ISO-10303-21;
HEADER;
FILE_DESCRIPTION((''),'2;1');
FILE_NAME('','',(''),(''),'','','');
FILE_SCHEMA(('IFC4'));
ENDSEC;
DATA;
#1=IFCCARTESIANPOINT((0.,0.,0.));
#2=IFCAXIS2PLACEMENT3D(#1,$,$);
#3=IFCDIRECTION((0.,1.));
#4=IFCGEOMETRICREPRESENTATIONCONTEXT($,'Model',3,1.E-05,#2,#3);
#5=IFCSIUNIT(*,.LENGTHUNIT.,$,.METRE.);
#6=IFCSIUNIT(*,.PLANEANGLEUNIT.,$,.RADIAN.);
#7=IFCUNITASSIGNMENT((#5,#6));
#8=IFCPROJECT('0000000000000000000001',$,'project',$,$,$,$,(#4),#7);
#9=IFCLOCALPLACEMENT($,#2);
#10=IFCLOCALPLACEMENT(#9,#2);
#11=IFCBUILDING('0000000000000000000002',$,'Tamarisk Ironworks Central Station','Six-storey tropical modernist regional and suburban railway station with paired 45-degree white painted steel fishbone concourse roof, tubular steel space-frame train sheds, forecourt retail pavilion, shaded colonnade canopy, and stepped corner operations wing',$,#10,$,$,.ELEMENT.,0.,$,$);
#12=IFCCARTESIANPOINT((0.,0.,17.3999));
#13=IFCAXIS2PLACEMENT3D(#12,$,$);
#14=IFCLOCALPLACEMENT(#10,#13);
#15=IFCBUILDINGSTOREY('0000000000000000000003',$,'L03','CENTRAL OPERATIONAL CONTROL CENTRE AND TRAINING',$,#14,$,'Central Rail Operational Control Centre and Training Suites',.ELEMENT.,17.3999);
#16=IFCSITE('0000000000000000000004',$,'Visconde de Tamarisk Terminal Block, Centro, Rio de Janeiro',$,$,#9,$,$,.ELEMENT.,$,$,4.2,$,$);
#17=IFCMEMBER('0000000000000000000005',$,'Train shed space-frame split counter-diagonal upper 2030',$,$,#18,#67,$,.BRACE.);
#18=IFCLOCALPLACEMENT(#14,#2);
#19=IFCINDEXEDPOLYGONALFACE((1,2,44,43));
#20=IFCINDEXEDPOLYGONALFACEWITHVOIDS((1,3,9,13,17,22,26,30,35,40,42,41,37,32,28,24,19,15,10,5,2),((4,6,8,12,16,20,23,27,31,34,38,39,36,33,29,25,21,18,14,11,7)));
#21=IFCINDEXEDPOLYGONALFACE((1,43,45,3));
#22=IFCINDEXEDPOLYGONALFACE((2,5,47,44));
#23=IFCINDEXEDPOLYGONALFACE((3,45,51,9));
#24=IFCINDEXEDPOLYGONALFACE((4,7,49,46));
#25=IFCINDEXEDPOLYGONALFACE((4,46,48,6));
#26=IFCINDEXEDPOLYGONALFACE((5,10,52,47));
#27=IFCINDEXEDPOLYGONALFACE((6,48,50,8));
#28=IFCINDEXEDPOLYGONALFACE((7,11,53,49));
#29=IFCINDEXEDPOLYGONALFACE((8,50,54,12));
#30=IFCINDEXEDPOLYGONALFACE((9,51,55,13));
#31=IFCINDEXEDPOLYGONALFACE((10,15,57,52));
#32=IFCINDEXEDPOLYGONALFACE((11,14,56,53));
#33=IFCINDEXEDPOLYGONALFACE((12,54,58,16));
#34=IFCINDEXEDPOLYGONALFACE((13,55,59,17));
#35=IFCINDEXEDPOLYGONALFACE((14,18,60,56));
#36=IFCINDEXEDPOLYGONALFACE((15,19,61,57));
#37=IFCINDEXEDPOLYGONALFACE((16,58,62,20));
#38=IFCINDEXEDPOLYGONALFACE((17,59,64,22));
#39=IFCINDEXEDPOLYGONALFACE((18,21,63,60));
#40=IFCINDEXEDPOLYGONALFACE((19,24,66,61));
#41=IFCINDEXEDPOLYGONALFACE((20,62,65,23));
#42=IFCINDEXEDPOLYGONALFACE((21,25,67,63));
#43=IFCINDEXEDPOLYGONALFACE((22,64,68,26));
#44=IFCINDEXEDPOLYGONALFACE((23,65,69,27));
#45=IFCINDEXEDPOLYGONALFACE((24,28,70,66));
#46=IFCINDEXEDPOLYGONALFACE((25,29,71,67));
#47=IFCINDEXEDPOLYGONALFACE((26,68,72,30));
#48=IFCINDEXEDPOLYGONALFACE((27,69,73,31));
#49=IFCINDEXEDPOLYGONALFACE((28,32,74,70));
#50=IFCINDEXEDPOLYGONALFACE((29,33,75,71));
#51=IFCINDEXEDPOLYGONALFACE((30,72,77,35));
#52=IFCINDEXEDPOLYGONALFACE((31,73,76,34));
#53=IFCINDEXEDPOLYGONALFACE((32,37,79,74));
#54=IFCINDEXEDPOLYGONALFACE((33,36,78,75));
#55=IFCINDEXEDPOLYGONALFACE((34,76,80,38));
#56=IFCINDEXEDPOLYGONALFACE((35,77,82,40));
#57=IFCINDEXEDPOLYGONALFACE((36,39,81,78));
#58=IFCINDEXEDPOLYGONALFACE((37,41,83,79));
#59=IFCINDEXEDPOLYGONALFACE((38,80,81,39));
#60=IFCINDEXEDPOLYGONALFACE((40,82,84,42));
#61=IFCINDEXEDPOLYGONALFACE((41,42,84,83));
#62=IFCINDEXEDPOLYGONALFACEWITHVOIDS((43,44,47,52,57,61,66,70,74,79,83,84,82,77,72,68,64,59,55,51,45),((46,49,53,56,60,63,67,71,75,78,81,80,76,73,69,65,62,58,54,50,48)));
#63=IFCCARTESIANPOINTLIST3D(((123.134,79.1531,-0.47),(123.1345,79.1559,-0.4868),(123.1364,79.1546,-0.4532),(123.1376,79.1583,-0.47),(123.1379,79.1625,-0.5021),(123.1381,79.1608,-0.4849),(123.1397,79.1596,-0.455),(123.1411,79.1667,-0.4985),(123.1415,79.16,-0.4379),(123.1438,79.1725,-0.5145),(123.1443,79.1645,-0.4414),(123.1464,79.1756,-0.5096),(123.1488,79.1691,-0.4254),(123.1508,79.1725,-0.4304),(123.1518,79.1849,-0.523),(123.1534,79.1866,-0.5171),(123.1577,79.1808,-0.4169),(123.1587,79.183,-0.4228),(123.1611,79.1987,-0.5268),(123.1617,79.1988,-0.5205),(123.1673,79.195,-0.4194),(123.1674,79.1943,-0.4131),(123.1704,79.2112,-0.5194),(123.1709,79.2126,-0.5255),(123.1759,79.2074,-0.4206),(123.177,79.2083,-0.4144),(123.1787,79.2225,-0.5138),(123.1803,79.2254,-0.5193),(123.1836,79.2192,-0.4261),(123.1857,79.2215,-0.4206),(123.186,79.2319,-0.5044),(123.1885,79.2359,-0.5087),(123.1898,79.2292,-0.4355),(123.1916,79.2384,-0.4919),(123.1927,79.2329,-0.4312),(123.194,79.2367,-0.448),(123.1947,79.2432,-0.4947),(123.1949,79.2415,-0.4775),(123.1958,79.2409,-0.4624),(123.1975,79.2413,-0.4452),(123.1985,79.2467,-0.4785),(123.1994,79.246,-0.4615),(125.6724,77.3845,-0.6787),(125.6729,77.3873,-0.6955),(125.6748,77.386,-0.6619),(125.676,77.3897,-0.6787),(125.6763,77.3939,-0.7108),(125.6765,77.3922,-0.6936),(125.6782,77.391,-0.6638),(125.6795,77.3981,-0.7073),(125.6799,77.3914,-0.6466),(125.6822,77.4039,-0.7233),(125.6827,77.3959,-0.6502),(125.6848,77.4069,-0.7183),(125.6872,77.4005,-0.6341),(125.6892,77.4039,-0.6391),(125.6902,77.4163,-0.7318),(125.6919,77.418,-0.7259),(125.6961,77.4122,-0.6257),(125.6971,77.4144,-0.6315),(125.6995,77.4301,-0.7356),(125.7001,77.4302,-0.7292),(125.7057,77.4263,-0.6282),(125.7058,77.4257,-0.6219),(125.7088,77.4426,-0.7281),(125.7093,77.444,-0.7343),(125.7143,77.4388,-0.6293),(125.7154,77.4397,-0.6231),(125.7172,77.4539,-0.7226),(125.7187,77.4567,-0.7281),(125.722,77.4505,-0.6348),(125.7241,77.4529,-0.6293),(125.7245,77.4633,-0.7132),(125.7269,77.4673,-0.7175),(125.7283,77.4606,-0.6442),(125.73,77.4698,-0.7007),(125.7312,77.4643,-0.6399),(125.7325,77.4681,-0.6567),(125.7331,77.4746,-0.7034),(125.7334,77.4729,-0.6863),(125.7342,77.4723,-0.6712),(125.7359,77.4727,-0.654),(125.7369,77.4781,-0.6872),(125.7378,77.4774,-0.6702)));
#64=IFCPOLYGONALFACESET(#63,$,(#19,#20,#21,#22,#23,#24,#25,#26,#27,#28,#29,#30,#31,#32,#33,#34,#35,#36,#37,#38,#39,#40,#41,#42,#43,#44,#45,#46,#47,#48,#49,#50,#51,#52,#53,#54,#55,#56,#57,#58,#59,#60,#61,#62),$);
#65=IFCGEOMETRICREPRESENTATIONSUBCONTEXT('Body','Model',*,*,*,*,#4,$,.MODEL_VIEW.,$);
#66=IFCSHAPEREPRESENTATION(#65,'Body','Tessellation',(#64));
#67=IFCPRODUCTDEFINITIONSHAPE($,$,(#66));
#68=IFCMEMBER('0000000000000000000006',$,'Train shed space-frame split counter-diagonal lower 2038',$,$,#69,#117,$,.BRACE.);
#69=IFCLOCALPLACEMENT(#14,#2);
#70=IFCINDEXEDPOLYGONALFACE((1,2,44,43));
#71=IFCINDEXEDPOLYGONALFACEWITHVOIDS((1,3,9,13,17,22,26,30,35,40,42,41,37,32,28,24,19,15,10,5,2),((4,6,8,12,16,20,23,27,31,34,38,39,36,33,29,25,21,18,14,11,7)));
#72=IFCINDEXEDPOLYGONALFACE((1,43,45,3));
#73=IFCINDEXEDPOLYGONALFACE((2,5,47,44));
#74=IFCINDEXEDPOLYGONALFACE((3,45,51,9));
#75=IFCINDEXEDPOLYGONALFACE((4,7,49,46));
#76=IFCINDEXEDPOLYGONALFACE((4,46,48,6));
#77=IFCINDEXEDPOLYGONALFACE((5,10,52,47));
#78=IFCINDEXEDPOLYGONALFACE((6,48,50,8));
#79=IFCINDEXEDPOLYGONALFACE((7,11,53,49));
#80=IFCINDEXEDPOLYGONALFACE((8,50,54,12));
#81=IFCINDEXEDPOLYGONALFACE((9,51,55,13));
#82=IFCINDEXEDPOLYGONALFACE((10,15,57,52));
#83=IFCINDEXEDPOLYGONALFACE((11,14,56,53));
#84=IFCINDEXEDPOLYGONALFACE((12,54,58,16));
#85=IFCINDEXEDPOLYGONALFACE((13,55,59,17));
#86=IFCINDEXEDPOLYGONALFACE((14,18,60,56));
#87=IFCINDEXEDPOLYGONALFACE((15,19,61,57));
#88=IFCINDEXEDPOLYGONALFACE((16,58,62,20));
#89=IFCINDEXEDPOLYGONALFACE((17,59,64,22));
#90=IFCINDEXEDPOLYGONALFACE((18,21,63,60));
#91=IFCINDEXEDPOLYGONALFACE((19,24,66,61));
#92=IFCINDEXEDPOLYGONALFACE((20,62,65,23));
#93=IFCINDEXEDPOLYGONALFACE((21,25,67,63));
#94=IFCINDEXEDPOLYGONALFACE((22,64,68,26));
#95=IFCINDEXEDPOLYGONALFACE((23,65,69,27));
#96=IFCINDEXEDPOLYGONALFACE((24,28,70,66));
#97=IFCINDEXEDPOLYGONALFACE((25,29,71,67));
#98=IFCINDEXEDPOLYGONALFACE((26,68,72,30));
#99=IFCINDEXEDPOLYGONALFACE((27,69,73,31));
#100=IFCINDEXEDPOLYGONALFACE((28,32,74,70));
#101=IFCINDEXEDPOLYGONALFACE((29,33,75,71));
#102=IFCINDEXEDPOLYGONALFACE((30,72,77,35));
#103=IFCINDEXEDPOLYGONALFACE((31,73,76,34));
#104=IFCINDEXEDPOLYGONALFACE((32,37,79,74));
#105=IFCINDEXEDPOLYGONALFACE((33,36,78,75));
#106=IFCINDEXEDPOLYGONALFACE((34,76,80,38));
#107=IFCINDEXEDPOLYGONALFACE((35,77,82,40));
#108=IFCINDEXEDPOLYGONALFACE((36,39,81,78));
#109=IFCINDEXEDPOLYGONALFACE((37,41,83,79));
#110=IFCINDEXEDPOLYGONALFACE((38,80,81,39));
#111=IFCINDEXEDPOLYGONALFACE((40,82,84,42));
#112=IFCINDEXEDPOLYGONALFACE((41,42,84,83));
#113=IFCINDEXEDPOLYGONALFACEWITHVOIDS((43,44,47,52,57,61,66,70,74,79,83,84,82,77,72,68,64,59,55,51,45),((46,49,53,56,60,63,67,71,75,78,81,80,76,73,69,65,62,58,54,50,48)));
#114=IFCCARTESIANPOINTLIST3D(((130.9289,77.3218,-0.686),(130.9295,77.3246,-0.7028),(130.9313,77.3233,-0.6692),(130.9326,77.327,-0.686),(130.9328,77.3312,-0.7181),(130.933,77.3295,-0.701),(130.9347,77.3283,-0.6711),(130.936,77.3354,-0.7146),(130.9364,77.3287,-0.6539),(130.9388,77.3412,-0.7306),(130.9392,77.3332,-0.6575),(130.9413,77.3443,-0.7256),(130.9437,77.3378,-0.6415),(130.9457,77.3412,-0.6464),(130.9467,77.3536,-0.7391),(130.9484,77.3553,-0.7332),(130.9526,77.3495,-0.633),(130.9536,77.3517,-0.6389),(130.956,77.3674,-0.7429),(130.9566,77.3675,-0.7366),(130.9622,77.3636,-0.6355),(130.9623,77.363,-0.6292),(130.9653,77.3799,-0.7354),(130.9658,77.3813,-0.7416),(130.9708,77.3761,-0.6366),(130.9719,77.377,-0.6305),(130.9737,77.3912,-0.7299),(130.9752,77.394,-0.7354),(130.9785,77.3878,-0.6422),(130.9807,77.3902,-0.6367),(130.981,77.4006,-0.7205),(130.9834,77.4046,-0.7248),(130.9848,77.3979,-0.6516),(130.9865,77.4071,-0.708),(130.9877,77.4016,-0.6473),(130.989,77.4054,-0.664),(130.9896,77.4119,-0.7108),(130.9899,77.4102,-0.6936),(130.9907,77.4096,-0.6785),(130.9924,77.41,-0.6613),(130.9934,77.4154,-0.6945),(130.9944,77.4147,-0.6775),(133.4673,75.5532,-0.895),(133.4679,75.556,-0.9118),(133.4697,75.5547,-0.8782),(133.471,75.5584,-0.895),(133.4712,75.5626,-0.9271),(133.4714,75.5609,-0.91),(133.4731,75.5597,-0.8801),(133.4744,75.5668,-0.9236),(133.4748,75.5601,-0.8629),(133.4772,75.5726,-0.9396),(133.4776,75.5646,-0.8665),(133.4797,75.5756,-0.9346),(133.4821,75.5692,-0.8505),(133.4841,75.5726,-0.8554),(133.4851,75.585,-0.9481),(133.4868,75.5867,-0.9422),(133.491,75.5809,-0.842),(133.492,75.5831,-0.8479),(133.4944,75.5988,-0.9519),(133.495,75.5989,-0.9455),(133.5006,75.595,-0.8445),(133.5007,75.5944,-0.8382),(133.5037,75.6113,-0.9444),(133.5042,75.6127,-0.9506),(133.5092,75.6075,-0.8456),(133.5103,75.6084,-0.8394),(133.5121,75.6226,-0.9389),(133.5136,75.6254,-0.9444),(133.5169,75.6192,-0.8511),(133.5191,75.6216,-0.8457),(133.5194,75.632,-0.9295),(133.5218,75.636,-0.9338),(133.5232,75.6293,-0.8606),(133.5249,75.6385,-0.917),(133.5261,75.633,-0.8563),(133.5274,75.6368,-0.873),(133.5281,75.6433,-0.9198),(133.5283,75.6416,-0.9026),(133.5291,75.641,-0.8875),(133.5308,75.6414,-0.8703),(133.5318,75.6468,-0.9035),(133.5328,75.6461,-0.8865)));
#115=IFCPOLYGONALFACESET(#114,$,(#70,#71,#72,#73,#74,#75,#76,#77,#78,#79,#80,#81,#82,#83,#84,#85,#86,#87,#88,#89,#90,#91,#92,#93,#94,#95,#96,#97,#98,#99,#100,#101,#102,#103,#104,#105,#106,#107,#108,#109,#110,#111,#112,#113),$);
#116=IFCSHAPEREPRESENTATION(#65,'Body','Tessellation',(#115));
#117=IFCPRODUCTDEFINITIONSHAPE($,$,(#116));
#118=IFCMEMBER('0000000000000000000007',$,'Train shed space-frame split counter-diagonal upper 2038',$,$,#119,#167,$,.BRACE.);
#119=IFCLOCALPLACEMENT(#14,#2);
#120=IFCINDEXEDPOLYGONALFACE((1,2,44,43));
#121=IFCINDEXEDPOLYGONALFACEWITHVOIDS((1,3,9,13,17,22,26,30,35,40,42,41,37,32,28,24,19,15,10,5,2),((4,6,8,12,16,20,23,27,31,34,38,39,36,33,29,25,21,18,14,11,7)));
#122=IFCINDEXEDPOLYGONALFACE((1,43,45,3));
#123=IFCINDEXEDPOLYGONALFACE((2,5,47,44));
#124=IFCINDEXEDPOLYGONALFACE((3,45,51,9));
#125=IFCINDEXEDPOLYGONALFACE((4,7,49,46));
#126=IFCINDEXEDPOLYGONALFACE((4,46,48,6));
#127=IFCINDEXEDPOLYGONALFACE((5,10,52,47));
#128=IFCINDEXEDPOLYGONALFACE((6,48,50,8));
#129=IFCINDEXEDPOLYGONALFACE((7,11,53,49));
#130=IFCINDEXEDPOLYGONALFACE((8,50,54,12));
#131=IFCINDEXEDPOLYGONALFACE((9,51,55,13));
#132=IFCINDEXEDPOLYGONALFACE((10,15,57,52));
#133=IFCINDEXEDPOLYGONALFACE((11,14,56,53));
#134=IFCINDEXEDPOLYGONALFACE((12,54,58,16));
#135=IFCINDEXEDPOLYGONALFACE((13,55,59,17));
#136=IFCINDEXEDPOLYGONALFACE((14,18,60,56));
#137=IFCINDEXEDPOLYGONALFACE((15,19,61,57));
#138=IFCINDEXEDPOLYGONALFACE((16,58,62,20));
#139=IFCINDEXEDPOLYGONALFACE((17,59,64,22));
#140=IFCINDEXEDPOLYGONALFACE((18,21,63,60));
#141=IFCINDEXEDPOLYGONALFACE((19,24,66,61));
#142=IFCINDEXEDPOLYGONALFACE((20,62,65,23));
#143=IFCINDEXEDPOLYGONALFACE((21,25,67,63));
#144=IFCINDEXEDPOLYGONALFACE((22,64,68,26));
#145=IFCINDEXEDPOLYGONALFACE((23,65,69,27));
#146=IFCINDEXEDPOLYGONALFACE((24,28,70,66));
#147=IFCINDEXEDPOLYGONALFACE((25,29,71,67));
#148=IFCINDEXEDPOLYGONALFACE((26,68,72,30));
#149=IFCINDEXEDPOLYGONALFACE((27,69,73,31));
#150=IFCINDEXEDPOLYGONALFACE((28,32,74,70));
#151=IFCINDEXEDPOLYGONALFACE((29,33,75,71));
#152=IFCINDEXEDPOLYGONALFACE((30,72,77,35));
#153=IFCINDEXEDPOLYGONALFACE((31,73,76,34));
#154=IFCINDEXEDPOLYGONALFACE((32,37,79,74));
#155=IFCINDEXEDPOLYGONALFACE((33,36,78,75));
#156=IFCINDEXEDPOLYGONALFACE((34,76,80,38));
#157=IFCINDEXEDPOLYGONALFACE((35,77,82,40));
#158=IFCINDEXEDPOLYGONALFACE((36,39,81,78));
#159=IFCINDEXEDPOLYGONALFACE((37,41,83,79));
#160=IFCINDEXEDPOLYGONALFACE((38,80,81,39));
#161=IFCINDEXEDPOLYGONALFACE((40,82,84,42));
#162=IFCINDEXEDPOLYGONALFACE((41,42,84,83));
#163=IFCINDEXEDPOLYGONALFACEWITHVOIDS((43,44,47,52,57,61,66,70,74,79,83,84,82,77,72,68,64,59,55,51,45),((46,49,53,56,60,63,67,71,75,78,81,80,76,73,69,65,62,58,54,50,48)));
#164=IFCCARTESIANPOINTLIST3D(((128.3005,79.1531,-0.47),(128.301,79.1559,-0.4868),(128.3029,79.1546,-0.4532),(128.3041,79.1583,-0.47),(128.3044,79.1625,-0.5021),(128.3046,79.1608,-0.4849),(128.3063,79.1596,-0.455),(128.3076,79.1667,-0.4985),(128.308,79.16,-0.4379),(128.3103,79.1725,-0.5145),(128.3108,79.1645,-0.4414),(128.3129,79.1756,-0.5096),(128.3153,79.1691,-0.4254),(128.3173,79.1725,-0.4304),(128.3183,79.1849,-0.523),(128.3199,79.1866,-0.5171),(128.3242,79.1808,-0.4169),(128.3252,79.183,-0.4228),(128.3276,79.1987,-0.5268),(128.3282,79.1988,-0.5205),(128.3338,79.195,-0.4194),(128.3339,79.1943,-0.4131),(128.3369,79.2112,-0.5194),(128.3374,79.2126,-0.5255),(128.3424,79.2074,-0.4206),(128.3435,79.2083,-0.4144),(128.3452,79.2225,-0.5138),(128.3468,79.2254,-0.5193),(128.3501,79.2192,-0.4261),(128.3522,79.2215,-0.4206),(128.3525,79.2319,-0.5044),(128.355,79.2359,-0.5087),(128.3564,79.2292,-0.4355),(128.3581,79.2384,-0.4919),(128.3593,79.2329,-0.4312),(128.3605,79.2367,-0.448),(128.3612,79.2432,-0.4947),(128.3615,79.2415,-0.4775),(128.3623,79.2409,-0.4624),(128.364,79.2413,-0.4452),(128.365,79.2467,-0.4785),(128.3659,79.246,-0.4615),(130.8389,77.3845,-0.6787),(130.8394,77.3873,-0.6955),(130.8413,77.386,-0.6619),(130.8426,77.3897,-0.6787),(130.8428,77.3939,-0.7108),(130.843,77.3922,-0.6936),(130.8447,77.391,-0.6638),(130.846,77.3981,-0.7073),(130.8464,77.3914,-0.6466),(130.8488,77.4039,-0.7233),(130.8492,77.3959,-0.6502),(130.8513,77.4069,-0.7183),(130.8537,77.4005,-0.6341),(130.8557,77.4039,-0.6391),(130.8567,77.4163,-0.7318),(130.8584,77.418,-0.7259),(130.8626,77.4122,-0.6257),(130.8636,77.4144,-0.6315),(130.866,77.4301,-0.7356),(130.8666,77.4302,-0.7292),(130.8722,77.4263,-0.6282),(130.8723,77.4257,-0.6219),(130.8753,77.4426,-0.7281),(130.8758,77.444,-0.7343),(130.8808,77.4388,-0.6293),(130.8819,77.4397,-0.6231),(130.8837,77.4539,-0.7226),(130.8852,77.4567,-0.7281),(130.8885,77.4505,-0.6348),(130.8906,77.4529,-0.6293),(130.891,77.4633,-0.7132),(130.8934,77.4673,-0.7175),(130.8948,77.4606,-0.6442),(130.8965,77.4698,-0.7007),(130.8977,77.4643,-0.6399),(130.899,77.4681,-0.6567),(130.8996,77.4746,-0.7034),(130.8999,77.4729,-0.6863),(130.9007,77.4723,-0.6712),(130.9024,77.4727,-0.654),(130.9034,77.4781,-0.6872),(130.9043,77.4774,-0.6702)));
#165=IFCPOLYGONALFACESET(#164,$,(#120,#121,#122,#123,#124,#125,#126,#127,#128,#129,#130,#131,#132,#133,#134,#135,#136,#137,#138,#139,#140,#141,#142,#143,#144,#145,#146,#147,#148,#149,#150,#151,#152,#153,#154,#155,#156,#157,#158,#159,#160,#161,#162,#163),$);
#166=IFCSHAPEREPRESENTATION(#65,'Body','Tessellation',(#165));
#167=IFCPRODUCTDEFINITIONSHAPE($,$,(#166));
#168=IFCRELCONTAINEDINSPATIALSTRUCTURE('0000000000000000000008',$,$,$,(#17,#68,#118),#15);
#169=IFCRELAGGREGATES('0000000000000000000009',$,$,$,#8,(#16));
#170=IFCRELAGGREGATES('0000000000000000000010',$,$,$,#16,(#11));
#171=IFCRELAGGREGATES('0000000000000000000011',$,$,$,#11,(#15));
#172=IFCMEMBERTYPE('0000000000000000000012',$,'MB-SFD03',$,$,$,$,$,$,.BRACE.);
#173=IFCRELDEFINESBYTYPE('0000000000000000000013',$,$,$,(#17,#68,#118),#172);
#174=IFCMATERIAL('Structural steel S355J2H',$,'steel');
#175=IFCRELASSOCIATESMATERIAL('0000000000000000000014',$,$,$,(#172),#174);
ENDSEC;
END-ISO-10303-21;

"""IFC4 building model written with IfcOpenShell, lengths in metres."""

from ifc_helpers import new_model, si_unit, direction, frame, origin, origin_2d, place, context, subcontext, project, spatial, hollow_circle, extrude, material, material_profile, profile_set, type_object, element, save


model = new_model("IFC4")

# Units and contexts
model_context = context("Model", 3, precision=1e-05, world=origin(), true_north=direction((0.0, 1.0)))
body_context = subcontext(model_context, "Body", "Model", "MODEL_VIEW")
ifc_project = project(units=[si_unit("LENGTHUNIT", "METRE"), si_unit("PLANEANGLEUNIT", "RADIAN")], contexts=[model_context])

# Site, building, storey
site_placement = place(None, origin())
site = spatial("IfcSite", under=ifc_project, at=site_placement, Name="Visconde de Tamarisk Terminal Block, Centro, Rio de Janeiro", CompositionType="ELEMENT", RefElevation=4.2)
building_placement = place(site_placement, origin())
building = spatial("IfcBuilding", under=site, at=building_placement, Name="Tamarisk Ironworks Central Station", Description="Six-storey tropical modernist regional and suburban railway station with paired 45-degree white painted steel fishbone concourse roof, tubular steel space-frame train sheds, forecourt retail pavilion, shaded colonnade canopy, and stepped corner operations wing", CompositionType="ELEMENT", ElevationOfRefHeight=0.0)
storey_placement = place(building_placement, frame((0.0, 0.0, 17.3999)))
storey = spatial("IfcBuildingStorey", under=building, at=storey_placement, Name="L03", Description="CENTRAL OPERATIONAL CONTROL CENTRE AND TRAINING", LongName="Central Rail Operational Control Centre and Training Suites", CompositionType="ELEMENT", Elevation=17.3999)

# Members
ifc_material_1 = material(Name="Structural steel S355J2H", Category="steel")
ifc_material_profile_1 = material_profile(ifc_material_1, hollow_circle(Radius=0.0571, WallThickness=0.0063, at=origin_2d()), Name="CHS 114.3x6.3")
ifc_profile_set_1 = profile_set([ifc_material_profile_1], Name="Structural steel S355J2H")
member_type_1 = type_object("IfcMemberType", Name="MB-SFD03", PredefinedType="BRACE", material=ifc_profile_set_1)
for number, where, z_axis, x_axis, name in (
    (1, (125.7051, 77.4314, -0.6787), (-0.818625, 0.570369, 0.06732), (-0.571666, -0.820487, 0.0), "Train shed space-frame split counter-diagonal upper 2030"),
    (2, (133.5, 75.6001, -0.895), (-0.818621, 0.570366, 0.067398), (-0.571666, -0.820487, 0.0), "Train shed space-frame split counter-diagonal lower 2038"),
    (3, (130.8716, 77.4314, -0.6787), (-0.818625, 0.570369, 0.06732), (-0.571666, -0.820487, 0.0), "Train shed space-frame split counter-diagonal upper 2038"),
):
    element("IfcMember", number, at=place(storey_placement, frame(where, z_axis=z_axis, x_axis=x_axis)), inside=storey, type_object=member_type_1, Name=name, PredefinedType="BRACE", context=body_context, shape_type="SweptSolid", body=[
        extrude(hollow_circle(Radius=0.0571, WallThickness=0.0063, at=origin_2d()), origin(), (0.0, 0.0, 1.0), 3.1008),
    ])

save(model, "model.ifc")
